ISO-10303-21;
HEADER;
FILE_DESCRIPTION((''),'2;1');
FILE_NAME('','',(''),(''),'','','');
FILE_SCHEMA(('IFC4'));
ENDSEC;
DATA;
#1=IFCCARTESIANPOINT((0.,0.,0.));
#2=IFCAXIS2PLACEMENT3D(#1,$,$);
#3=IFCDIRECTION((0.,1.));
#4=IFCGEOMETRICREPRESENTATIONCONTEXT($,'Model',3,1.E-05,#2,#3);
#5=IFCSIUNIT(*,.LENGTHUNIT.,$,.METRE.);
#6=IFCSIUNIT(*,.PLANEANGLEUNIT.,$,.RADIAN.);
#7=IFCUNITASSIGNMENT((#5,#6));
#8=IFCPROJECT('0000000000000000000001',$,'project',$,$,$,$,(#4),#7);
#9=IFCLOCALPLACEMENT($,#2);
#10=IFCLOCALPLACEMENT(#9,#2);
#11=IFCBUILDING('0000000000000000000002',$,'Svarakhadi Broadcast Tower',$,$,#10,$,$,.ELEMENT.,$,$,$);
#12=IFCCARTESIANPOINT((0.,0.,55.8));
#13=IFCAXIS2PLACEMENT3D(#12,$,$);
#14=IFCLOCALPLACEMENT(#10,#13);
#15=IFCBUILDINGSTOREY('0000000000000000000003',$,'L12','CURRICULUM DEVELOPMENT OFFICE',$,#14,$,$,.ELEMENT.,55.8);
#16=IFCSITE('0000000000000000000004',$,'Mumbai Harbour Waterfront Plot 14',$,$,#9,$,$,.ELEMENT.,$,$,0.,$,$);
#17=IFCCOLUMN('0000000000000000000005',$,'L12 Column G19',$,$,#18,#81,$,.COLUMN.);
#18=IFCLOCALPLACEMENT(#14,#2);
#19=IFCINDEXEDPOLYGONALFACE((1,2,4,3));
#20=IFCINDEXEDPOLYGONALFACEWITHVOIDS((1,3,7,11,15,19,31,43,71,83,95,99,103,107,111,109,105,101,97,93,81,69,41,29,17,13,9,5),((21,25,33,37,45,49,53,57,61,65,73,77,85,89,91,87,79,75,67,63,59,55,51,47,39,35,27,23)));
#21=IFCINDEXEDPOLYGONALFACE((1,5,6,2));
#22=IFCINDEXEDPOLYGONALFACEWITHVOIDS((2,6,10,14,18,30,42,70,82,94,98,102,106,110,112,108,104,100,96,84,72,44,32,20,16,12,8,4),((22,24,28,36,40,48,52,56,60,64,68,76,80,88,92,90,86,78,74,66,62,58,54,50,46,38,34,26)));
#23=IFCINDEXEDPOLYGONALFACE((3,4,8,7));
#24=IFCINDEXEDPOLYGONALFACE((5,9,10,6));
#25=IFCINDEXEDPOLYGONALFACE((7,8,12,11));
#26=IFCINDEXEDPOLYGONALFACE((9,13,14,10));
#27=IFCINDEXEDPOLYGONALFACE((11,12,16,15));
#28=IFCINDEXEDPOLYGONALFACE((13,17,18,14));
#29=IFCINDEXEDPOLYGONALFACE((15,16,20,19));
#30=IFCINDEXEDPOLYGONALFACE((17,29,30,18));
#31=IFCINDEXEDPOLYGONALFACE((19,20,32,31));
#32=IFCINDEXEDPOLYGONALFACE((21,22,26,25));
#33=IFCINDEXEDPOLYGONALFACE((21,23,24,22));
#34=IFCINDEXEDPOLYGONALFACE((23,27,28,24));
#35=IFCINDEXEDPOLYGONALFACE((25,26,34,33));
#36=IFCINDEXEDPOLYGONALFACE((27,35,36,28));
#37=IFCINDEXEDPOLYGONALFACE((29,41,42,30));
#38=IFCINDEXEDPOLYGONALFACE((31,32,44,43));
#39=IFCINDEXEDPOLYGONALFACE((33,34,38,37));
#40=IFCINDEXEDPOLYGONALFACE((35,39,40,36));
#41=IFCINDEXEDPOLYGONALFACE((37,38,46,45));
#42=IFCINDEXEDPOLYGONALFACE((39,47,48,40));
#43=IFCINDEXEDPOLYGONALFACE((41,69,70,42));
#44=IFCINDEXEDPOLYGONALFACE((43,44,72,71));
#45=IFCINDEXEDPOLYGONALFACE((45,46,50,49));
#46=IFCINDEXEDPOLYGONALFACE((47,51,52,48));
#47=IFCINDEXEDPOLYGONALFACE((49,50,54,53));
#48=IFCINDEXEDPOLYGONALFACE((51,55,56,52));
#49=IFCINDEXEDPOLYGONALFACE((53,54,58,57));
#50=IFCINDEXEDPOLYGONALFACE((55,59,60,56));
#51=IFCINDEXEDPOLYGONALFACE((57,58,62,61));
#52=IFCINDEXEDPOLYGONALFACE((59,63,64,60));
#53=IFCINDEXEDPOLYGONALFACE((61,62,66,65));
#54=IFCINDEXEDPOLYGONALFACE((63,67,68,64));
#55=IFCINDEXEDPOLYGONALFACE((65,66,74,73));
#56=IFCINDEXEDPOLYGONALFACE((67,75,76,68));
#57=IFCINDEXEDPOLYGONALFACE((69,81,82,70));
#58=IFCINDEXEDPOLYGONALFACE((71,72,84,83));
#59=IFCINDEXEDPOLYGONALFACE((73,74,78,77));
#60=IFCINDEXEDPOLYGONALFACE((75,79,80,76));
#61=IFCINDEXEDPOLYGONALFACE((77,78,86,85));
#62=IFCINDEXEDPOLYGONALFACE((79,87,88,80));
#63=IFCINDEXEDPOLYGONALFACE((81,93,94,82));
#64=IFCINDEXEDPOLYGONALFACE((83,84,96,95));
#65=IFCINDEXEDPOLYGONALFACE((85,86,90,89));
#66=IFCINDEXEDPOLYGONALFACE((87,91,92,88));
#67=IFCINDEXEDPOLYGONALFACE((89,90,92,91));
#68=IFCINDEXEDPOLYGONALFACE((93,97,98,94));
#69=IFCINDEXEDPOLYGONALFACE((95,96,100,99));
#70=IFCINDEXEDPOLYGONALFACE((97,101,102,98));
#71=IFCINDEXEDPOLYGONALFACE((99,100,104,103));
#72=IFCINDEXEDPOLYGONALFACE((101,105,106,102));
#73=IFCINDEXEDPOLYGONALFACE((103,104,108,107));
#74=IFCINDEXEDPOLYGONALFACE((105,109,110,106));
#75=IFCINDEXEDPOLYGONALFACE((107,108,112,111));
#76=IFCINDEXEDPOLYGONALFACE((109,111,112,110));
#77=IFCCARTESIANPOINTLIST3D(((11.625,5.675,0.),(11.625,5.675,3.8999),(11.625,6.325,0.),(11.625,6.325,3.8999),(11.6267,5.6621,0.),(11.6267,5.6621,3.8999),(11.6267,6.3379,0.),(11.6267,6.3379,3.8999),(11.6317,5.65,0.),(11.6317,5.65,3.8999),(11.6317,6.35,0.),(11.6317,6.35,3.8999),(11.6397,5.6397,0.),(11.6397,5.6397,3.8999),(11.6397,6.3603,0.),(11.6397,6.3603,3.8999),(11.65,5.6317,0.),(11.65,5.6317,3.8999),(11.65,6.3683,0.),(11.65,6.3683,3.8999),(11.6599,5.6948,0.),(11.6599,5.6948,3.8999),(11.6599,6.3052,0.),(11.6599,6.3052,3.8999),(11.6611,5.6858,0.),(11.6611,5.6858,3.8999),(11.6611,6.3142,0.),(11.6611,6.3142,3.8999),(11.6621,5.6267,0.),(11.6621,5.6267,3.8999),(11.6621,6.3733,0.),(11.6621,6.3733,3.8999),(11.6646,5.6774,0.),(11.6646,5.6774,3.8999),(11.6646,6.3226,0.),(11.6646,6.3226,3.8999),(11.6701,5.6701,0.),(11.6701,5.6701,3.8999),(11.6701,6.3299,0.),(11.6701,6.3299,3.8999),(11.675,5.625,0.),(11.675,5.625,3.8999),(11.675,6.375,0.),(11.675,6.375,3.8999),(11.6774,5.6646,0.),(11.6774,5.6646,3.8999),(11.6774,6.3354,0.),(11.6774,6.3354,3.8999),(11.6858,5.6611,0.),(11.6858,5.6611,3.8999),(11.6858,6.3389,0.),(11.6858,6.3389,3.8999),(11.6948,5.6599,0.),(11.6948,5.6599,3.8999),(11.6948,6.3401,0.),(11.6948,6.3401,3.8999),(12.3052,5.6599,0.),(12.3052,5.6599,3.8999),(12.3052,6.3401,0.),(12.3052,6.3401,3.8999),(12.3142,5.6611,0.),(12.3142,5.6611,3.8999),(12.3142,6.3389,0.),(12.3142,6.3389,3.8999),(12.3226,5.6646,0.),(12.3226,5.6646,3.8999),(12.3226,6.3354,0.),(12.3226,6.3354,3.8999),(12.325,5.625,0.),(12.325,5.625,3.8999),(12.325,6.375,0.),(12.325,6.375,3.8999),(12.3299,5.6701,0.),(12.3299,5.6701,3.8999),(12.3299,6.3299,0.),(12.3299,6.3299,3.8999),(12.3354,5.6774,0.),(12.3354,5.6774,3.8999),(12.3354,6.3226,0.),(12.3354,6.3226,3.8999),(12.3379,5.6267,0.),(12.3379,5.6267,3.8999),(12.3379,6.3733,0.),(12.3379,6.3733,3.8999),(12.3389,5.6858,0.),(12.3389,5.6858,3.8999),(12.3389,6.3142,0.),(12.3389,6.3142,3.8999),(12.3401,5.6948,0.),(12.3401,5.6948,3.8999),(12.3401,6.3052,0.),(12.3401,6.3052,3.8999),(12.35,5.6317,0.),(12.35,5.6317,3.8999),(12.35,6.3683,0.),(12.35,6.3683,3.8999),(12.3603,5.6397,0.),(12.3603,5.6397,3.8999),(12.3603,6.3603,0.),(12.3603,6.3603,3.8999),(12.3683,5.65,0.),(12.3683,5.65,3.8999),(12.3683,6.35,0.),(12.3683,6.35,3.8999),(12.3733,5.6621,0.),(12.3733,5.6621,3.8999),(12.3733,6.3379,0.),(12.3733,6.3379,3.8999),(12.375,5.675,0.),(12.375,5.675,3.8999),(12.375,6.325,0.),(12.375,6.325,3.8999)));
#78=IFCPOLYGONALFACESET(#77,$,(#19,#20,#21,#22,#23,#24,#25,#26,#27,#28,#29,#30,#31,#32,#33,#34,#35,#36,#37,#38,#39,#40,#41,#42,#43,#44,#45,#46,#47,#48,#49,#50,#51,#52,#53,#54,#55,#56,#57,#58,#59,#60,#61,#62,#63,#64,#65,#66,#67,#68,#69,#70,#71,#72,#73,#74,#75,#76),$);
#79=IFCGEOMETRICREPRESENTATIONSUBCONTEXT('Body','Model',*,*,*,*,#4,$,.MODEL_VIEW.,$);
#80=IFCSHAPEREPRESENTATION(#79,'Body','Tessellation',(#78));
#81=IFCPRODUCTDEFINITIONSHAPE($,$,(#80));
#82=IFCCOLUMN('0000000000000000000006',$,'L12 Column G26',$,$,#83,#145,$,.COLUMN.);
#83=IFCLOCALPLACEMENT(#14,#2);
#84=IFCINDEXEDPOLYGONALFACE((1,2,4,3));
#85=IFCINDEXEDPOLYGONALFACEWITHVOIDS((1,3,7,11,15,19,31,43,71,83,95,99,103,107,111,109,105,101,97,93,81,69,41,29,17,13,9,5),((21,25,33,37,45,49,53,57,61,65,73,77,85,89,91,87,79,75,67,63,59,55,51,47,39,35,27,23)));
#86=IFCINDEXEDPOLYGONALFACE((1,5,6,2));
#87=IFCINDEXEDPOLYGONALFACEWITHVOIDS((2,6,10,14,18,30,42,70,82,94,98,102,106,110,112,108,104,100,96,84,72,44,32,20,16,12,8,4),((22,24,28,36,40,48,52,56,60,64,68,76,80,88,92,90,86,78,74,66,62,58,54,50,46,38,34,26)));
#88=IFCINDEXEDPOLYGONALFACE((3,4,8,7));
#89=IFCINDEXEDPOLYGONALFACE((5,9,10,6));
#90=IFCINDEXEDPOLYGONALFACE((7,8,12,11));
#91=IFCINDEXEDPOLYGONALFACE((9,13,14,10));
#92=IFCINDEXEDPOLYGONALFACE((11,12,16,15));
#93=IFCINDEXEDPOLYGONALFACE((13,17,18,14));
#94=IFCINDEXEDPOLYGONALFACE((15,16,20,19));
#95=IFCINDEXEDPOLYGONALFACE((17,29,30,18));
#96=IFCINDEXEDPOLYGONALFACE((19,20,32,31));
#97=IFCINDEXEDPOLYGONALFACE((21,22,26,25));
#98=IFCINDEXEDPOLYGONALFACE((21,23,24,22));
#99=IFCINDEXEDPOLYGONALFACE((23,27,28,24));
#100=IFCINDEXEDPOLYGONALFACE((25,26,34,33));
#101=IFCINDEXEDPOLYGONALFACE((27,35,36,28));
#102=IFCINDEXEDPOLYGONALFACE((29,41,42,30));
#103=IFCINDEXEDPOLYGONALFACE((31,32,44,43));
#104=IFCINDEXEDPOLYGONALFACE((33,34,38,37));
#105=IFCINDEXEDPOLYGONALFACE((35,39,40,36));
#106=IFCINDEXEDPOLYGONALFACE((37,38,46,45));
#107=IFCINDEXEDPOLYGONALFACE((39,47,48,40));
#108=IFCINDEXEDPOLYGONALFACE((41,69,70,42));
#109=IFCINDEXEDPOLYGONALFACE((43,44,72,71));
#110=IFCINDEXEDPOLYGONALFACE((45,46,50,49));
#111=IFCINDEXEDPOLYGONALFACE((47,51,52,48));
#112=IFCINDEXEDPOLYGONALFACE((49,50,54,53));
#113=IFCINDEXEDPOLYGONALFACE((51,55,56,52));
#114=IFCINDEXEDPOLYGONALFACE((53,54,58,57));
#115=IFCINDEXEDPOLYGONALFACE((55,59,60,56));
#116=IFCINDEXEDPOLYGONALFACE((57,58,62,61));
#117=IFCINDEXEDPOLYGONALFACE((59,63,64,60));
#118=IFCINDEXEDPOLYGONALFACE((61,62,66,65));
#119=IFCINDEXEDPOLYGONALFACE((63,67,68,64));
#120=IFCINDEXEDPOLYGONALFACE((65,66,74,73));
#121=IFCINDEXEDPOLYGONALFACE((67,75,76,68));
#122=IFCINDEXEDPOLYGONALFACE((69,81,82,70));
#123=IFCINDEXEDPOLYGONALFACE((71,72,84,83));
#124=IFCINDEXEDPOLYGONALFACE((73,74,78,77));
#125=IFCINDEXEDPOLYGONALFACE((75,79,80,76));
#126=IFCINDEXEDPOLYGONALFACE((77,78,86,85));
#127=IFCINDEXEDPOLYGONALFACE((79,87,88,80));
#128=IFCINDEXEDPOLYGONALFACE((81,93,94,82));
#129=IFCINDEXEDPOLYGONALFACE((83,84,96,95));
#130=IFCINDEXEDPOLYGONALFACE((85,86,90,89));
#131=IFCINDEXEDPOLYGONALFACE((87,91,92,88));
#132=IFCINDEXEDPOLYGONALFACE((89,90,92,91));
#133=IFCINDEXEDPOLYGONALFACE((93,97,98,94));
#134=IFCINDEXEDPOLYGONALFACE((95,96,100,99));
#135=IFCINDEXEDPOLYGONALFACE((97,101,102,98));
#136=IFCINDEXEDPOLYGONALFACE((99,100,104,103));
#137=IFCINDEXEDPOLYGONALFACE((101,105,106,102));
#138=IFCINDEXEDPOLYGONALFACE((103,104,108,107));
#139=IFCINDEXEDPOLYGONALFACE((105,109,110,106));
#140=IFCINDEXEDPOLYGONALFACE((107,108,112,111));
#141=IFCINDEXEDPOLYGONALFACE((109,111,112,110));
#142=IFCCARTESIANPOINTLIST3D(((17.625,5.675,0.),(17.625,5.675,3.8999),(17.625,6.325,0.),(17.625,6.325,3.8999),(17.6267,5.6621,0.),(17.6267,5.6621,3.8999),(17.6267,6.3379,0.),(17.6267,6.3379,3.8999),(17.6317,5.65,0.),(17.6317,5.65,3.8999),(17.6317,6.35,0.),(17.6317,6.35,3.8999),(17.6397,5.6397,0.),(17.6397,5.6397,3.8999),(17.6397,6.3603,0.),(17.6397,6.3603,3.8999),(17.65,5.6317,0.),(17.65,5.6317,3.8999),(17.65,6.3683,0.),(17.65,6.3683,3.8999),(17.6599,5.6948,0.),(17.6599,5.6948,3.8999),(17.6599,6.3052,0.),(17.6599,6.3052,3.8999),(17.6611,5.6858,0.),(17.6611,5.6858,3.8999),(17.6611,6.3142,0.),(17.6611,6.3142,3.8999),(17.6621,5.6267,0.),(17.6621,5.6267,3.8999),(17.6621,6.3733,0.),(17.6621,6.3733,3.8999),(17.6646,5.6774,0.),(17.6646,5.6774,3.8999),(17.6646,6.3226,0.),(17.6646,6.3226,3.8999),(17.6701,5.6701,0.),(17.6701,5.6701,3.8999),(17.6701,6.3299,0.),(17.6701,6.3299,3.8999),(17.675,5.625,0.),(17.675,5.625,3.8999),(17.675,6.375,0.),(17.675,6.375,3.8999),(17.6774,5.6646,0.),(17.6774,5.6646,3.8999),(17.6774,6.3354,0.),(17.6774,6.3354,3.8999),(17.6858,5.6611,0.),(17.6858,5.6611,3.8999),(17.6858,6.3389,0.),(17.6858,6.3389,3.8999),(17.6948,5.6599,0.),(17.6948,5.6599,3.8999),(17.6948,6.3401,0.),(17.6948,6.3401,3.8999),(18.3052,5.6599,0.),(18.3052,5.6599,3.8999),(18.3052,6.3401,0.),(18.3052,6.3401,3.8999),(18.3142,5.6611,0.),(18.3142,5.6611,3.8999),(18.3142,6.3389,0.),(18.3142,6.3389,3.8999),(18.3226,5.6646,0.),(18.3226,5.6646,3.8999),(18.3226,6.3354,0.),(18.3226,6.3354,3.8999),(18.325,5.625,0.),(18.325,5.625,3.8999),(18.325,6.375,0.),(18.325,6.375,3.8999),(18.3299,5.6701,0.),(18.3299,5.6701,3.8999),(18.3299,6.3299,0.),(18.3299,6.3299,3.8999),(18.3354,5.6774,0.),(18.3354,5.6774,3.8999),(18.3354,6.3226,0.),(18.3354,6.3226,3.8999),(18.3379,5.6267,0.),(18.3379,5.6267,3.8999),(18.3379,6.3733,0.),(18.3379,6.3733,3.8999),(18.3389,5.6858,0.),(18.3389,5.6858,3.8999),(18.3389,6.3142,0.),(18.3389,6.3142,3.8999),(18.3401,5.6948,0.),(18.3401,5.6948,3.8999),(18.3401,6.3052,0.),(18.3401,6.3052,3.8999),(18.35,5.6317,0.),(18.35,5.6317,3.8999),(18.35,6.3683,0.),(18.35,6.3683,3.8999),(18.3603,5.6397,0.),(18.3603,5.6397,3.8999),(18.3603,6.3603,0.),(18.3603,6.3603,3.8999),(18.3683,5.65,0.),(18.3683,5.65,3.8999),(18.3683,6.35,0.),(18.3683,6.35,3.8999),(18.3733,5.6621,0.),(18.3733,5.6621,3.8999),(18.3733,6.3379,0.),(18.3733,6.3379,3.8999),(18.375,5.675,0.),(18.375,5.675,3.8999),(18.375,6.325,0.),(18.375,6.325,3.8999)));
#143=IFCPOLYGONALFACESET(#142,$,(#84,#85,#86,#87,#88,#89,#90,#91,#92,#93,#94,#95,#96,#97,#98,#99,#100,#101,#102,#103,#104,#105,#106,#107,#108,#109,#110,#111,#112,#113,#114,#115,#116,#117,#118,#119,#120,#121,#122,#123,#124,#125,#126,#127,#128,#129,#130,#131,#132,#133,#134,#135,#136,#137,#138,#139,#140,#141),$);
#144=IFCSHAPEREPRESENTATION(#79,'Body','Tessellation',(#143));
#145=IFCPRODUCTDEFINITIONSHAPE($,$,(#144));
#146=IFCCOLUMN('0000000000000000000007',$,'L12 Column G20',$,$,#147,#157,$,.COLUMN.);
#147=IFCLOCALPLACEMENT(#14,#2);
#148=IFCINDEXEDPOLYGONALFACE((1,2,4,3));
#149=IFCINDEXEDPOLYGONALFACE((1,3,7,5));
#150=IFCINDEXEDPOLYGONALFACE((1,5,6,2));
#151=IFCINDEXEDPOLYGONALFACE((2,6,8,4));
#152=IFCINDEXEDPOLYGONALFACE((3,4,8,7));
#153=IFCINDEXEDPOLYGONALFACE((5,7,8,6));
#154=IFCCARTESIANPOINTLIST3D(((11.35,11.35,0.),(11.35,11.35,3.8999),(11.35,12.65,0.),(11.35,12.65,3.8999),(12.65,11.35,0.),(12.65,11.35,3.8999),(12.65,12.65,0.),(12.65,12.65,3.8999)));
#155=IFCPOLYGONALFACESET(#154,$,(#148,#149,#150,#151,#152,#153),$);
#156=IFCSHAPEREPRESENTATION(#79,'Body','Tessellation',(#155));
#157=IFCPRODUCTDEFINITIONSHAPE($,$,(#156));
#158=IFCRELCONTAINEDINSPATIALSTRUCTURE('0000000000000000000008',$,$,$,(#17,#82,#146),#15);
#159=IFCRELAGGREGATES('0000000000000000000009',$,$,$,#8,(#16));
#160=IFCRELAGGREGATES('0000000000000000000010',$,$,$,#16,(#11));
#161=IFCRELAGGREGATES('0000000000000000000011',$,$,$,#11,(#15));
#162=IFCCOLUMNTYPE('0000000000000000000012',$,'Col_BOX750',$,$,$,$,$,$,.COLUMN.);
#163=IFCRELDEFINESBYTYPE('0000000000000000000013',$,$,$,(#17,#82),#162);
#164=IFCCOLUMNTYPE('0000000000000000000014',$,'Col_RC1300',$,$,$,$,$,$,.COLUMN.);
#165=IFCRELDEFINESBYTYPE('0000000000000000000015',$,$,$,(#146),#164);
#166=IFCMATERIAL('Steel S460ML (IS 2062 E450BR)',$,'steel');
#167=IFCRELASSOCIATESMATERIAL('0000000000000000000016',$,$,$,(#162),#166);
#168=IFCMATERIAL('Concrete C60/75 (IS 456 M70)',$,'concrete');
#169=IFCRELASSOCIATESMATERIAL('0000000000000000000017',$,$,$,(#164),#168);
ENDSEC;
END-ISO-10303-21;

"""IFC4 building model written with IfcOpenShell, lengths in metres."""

from ifc_helpers import new_model, si_unit, direction, frame, origin, origin_2d, place, context, subcontext, project, spatial, rectangle, hollow_rectangle, extrude, material, material_profile, profile_set, type_object, element, save


model = new_model("IFC4")

# Units and contexts
model_context = context("Model", 3, precision=1e-05, world=origin(), true_north=direction((0.0, 1.0)))
body_context = subcontext(model_context, "Body", "Model", "MODEL_VIEW")
ifc_project = project(units=[si_unit("LENGTHUNIT", "METRE"), si_unit("PLANEANGLEUNIT", "RADIAN")], contexts=[model_context])

# Site, building, storey
site_placement = place(None, origin())
site = spatial("IfcSite", under=ifc_project, at=site_placement, Name="Mumbai Harbour Waterfront Plot 14", CompositionType="ELEMENT", RefElevation=0.0)
building_placement = place(site_placement, origin())
building = spatial("IfcBuilding", under=site, at=building_placement, Name="Svarakhadi Broadcast Tower", CompositionType="ELEMENT")
storey_placement = place(building_placement, frame((0.0, 0.0, 55.8)))
storey = spatial("IfcBuildingStorey", under=building, at=storey_placement, Name="L12", Description="CURRICULUM DEVELOPMENT OFFICE", CompositionType="ELEMENT", Elevation=55.8)

# Columns
ifc_material_1 = material(Name="Steel S460ML (IS 2062 E450BR)", Category="steel")
ifc_material_profile_1 = material_profile(ifc_material_1, hollow_rectangle(XDim=0.75, YDim=0.75, WallThickness=0.0349, InnerFilletRadius=0.0349, OuterFilletRadius=0.05, at=origin_2d()), Name="BOX 750x750x35")
ifc_profile_set_1 = profile_set([ifc_material_profile_1], Name="Steel S460ML (IS 2062 E450BR)")
column_type_1 = type_object("IfcColumnType", Name="Col_BOX750", PredefinedType="COLUMN", material=ifc_profile_set_1)
for number, where, z_axis, x_axis, name in (
    (1, (12.0, 6.0, 0.0), (0.0, 0.0, 1.0), (1.0, 0.0, 0.0), "L12 Column G19"),
    (2, (18.0, 6.0, 0.0), (0.0, 0.0, 1.0), (1.0, 0.0, 0.0), "L12 Column G26"),
):
    element("IfcColumn", number, at=place(storey_placement, frame(where, z_axis=z_axis, x_axis=x_axis)), inside=storey, type_object=column_type_1, Name=name, PredefinedType="COLUMN", context=body_context, shape_type="SweptSolid", body=[
        extrude(hollow_rectangle(XDim=0.75, YDim=0.75, WallThickness=0.0349, InnerFilletRadius=0.0349, OuterFilletRadius=0.05, at=origin_2d()), origin(), (0.0, 0.0, 1.0), 3.8999),
    ])
ifc_material_2 = material(Name="Concrete C60/75 (IS 456 M70)", Category="concrete")
ifc_material_profile_2 = material_profile(ifc_material_2, rectangle(XDim=1.3, YDim=1.3, at=origin_2d()), Name="RC 1300x1300")
ifc_profile_set_2 = profile_set([ifc_material_profile_2], Name="Concrete C60/75 (IS 456 M70)")
column_type_2 = type_object("IfcColumnType", Name="Col_RC1300", PredefinedType="COLUMN", material=ifc_profile_set_2)
column_1_placement = place(storey_placement, frame((12.0, 12.0, 0.0), z_axis=(0.0, 0.0, 1.0), x_axis=(1.0, 0.0, 0.0)))
element("IfcColumn", 3, at=column_1_placement, inside=storey, type_object=column_type_2, Name="L12 Column G20", PredefinedType="COLUMN", context=body_context, shape_type="SweptSolid", body=[
    extrude(rectangle(XDim=1.3, YDim=1.3, at=origin_2d()), origin(), (0.0, 0.0, 1.0), 3.8999),
])

save(model, "model.ifc")
